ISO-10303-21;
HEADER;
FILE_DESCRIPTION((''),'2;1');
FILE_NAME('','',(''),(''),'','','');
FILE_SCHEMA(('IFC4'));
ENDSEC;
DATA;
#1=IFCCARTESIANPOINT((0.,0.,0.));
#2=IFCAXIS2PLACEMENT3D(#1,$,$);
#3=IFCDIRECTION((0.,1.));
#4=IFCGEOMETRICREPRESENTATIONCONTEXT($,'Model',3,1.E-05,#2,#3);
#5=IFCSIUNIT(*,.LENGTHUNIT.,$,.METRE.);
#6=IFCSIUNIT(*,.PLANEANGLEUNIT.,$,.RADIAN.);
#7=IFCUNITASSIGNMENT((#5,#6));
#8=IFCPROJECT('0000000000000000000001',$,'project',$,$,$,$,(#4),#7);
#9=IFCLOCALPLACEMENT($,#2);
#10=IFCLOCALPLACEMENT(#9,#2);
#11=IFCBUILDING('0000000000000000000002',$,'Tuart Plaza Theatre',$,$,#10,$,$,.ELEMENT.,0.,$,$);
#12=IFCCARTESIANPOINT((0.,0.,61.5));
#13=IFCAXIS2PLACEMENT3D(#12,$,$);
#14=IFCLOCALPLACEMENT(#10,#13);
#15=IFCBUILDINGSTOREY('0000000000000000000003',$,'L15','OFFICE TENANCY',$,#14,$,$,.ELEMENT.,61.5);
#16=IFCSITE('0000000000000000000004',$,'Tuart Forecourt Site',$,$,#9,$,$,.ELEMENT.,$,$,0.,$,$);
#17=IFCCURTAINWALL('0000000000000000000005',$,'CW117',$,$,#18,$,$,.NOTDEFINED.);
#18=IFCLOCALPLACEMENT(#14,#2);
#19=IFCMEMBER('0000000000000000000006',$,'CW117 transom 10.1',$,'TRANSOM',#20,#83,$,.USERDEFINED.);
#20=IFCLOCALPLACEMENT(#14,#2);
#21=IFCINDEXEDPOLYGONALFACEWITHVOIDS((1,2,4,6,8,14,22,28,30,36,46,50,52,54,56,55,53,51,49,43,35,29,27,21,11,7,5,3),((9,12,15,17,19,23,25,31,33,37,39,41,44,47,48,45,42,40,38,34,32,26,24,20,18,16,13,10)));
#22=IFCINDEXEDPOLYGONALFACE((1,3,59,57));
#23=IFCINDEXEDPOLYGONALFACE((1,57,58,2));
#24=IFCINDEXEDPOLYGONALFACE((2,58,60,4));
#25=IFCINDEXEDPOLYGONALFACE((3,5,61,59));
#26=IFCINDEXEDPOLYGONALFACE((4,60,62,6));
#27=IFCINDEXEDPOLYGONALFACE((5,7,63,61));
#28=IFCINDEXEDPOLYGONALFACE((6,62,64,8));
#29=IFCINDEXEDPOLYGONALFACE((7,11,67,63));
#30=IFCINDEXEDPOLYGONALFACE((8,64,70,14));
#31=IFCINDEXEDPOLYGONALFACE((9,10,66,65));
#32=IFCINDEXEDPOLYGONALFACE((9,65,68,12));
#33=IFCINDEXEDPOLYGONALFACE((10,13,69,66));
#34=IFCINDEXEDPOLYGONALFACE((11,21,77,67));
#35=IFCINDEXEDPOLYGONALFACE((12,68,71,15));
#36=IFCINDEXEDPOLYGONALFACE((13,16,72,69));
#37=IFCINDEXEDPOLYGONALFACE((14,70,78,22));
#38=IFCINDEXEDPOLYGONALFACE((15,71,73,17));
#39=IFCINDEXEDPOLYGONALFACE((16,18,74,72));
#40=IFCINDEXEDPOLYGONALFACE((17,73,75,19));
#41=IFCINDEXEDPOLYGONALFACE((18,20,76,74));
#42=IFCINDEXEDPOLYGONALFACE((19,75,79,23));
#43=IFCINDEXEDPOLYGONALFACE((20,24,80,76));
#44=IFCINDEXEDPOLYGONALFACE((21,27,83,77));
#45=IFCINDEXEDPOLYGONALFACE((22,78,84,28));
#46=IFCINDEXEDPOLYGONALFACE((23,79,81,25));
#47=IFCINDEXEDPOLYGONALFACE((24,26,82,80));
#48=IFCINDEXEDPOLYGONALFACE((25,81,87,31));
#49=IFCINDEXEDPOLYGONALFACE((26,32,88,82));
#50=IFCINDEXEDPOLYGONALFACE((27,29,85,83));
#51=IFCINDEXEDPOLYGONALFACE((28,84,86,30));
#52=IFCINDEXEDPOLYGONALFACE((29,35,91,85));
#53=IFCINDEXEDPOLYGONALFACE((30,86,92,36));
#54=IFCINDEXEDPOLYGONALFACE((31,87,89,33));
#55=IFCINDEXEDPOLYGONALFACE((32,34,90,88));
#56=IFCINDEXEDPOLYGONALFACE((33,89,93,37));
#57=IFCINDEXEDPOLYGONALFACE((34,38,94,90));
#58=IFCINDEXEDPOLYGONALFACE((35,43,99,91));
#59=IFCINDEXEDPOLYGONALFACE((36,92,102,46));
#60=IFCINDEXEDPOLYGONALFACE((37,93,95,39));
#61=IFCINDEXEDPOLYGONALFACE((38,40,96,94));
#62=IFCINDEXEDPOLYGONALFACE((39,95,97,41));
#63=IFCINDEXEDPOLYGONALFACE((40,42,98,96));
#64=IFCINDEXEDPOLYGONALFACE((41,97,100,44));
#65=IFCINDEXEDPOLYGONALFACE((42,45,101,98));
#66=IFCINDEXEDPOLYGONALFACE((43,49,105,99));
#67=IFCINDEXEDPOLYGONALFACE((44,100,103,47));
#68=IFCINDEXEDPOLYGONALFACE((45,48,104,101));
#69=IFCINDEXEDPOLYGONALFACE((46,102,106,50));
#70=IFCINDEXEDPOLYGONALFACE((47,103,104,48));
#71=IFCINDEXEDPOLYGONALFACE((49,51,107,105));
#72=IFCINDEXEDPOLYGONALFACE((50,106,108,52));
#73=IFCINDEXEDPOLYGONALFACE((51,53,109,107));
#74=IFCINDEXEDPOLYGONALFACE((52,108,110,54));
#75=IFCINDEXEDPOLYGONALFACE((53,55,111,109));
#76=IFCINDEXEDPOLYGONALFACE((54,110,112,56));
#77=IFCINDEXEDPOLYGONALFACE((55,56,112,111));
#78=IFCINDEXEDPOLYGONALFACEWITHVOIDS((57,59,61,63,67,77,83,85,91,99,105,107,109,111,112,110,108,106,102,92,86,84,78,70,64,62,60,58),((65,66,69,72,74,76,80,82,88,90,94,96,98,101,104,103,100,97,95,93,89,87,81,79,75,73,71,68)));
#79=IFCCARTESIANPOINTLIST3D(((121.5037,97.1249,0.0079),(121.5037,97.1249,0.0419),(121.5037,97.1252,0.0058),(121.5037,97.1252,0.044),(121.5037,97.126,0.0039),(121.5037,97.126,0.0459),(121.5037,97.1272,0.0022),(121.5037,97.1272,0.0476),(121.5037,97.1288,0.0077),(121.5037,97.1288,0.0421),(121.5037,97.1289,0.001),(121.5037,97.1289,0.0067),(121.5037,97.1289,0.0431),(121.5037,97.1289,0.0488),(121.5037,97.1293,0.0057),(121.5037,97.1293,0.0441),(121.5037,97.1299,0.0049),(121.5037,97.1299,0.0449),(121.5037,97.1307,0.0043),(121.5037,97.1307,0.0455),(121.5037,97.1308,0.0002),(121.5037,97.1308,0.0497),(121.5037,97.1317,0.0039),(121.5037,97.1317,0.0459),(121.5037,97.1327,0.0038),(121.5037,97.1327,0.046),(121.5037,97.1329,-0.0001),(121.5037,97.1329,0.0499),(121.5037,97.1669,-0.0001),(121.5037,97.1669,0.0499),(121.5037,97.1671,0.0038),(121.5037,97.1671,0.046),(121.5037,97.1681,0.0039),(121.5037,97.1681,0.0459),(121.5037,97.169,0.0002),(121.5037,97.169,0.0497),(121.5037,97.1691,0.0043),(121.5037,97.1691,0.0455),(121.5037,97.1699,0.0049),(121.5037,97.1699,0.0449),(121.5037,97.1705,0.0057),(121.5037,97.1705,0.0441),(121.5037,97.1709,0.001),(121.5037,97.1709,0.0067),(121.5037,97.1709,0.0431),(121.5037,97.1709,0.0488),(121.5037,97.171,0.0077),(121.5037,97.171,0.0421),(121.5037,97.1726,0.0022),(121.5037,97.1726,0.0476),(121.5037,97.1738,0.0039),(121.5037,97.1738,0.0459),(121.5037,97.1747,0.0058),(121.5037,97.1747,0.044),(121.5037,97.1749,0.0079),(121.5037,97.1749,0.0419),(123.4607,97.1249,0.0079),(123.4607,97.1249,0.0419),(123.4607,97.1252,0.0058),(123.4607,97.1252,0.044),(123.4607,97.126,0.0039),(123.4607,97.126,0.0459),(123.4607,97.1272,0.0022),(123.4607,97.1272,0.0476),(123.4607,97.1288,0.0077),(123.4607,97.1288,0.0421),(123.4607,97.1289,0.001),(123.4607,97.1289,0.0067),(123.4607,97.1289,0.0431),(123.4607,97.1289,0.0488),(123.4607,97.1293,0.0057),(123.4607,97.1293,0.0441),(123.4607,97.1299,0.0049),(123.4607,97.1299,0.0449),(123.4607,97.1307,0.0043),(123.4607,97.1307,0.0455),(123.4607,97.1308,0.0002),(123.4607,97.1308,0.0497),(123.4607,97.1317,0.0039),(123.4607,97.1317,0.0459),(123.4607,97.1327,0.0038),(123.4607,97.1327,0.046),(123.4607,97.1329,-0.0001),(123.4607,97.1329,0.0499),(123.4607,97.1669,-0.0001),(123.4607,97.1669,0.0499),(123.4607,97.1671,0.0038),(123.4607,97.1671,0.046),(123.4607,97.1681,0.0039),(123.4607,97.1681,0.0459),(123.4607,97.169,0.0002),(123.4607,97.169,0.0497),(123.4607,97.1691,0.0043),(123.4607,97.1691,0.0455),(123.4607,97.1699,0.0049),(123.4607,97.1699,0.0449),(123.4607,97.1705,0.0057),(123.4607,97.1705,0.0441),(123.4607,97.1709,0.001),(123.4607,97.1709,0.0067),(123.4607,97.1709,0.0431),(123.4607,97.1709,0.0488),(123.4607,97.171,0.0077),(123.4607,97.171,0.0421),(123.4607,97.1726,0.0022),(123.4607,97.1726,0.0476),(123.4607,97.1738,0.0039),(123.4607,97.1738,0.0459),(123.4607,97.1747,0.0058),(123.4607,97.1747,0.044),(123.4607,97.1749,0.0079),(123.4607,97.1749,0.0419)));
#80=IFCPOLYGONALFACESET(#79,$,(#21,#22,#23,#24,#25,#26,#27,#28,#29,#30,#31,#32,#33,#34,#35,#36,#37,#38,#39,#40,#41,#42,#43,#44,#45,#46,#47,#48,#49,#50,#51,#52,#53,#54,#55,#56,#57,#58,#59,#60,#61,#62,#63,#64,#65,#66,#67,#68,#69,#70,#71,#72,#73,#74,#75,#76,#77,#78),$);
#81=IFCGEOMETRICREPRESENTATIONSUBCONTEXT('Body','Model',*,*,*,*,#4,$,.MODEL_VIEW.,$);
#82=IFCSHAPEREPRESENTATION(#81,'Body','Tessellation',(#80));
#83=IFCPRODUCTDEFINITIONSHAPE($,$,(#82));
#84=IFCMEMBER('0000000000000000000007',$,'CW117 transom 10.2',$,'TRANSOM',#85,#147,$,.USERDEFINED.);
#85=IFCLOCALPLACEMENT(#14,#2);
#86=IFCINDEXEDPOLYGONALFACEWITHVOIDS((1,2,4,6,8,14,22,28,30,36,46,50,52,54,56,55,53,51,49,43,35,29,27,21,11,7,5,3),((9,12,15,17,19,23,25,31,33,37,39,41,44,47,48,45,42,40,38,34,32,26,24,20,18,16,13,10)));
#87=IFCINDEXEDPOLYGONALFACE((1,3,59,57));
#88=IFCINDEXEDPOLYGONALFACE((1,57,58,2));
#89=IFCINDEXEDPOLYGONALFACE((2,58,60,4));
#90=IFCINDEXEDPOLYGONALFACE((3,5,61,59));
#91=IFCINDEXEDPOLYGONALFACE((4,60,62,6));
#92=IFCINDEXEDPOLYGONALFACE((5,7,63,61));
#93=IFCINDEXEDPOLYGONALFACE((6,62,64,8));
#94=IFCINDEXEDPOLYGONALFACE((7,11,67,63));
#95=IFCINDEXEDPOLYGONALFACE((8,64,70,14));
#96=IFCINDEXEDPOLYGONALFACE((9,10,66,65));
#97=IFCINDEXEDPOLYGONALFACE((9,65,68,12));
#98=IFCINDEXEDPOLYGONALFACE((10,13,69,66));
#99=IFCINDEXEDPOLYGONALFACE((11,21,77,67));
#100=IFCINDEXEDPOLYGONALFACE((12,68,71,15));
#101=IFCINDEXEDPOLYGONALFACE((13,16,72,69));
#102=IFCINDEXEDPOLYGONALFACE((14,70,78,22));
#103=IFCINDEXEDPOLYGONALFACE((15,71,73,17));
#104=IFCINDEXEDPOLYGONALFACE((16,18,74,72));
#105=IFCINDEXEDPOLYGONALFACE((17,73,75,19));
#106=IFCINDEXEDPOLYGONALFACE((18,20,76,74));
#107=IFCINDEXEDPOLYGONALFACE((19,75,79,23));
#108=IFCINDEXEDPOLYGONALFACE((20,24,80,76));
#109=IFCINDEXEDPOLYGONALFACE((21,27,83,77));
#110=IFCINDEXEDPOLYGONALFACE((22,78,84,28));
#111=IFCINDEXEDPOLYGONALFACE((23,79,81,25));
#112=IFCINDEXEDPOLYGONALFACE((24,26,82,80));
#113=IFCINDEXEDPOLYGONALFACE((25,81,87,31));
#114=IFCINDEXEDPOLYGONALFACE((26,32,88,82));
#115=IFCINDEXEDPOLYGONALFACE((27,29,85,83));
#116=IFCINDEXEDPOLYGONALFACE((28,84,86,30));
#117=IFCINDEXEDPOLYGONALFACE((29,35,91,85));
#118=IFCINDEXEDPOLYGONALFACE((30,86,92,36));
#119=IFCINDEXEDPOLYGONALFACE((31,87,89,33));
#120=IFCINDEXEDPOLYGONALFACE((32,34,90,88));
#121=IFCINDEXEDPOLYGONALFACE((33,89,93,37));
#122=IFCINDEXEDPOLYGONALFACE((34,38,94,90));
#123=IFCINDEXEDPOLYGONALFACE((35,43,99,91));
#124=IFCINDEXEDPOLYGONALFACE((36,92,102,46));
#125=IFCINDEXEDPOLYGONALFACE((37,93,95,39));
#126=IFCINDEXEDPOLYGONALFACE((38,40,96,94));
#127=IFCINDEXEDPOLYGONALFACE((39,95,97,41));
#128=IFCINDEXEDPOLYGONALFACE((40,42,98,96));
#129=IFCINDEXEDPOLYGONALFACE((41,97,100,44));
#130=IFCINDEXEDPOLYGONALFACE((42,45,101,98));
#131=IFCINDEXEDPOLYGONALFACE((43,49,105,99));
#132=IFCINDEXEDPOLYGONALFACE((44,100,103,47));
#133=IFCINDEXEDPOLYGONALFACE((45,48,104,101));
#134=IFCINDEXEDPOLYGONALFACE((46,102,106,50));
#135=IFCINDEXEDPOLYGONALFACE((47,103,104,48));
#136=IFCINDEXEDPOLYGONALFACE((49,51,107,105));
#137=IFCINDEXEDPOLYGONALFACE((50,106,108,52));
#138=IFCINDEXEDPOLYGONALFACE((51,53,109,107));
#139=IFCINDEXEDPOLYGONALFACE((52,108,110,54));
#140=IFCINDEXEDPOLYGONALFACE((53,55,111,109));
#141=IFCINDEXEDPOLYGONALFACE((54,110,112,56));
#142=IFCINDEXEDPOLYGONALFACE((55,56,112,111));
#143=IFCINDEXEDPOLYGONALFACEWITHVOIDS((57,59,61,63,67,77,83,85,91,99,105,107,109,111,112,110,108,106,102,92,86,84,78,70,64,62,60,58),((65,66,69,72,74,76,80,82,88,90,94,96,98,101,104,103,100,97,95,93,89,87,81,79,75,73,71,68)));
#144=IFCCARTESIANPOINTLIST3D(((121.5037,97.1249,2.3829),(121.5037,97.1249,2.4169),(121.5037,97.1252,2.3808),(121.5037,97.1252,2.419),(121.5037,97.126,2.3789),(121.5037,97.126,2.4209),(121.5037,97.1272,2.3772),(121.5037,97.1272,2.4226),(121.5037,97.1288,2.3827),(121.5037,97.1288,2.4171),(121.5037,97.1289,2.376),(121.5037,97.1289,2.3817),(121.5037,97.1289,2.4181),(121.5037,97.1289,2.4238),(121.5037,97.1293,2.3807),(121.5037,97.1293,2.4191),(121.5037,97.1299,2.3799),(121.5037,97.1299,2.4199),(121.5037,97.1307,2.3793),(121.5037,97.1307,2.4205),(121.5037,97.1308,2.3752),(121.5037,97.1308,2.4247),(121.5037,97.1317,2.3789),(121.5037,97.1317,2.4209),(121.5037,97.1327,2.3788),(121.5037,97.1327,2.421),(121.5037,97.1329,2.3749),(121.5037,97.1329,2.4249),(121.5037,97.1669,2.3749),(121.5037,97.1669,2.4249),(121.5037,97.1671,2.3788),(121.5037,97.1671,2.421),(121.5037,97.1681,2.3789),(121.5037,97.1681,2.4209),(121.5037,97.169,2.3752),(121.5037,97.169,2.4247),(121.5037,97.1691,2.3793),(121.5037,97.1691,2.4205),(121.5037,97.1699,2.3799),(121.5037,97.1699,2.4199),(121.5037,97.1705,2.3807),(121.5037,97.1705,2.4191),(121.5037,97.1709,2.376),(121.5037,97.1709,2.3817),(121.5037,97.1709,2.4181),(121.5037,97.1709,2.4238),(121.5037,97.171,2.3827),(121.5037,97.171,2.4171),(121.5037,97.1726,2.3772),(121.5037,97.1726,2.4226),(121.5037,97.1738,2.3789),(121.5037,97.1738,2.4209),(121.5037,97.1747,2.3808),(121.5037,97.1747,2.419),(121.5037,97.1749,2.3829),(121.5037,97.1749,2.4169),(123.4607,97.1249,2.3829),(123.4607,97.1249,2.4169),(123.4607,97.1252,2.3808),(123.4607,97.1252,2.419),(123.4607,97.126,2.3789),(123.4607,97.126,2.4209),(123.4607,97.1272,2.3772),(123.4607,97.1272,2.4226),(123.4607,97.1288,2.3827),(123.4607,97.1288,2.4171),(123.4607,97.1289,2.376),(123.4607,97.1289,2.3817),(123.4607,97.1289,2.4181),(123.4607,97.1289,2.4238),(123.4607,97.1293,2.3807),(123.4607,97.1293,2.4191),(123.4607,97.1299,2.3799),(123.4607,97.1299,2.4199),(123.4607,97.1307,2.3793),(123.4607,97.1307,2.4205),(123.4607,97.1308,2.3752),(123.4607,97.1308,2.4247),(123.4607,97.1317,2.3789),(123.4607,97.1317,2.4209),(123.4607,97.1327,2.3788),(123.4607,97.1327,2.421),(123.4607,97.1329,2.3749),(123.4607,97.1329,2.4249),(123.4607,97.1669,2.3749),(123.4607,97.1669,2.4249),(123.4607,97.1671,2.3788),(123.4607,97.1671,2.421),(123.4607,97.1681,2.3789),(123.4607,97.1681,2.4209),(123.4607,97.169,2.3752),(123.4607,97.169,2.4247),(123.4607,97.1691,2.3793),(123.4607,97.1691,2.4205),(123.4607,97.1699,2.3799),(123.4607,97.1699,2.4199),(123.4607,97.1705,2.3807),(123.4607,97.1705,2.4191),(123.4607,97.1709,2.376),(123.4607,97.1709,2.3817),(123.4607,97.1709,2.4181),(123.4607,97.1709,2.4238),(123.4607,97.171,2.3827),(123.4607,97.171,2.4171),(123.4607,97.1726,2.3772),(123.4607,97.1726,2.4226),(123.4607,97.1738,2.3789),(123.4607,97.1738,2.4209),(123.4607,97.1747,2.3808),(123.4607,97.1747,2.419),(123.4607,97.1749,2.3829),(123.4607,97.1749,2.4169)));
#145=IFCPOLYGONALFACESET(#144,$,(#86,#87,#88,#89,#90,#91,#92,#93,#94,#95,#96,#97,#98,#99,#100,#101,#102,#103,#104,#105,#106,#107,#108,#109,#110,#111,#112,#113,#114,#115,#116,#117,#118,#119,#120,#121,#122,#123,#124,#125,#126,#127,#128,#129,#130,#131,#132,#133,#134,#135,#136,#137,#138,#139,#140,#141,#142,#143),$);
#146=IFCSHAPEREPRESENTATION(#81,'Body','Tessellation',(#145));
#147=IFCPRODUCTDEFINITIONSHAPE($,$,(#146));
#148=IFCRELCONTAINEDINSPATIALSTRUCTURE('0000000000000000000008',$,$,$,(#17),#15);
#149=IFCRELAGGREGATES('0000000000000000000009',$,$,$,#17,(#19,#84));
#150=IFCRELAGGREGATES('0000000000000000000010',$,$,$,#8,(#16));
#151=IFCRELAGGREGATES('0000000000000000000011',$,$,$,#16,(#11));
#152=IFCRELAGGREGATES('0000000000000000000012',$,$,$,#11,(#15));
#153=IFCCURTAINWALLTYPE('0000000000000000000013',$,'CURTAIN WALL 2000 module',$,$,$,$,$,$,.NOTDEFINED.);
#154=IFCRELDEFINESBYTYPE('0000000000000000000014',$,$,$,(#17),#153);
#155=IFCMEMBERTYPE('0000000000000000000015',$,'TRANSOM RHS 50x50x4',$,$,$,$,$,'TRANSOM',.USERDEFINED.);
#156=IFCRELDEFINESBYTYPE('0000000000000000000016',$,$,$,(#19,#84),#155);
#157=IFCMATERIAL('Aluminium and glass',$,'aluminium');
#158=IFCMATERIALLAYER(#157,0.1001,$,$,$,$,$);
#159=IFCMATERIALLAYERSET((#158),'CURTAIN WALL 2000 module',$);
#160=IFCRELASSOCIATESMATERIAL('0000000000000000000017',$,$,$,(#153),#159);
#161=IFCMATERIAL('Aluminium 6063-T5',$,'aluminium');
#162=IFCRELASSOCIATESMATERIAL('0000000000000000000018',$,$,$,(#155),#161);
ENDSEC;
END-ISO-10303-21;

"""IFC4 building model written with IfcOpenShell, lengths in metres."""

from ifc_helpers import new_model, si_unit, direction, frame, origin, origin_2d, place, context, subcontext, project, spatial, hollow_rectangle, extrude, material, layer, layer_set, material_profile, profile_set, type_object, element, aggregate, save


model = new_model("IFC4")

# Units and contexts
model_context = context("Model", 3, precision=1e-05, world=origin(), true_north=direction((0.0, 1.0)))
body_context = subcontext(model_context, "Body", "Model", "MODEL_VIEW")
ifc_project = project(units=[si_unit("LENGTHUNIT", "METRE"), si_unit("PLANEANGLEUNIT", "RADIAN")], contexts=[model_context])

# Site, building, storey
site_placement = place(None, origin())
site = spatial("IfcSite", under=ifc_project, at=site_placement, Name="Tuart Forecourt Site", CompositionType="ELEMENT", RefElevation=0.0)
building_placement = place(site_placement, origin())
building = spatial("IfcBuilding", under=site, at=building_placement, Name="Tuart Plaza Theatre", CompositionType="ELEMENT", ElevationOfRefHeight=0.0)
storey_placement = place(building_placement, frame((0.0, 0.0, 61.5)))
storey = spatial("IfcBuildingStorey", under=building, at=storey_placement, Name="L15", Description="OFFICE TENANCY", CompositionType="ELEMENT", Elevation=61.5)

# Curtain wall, members
ifc_material_1 = material(Name="Aluminium and glass", Category="aluminium")
ifc_layer_1 = layer(ifc_material_1, 0.1001)
ifc_layer_set_1 = layer_set([ifc_layer_1], Name="CURTAIN WALL 2000 module")
curtain_wall_type = type_object("IfcCurtainWallType", Name="CURTAIN WALL 2000 module", PredefinedType="NOTDEFINED", material=ifc_layer_set_1)
curtain_wall_placement = place(storey_placement, origin())
curtain_wall = element("IfcCurtainWall", 1, at=curtain_wall_placement, inside=storey, type_object=curtain_wall_type, Name="CW117", PredefinedType="NOTDEFINED")
ifc_material_2 = material(Name="Aluminium 6063-T5", Category="aluminium")
ifc_material_profile_1 = material_profile(ifc_material_2, hollow_rectangle(XDim=0.05, YDim=0.05, WallThickness=0.0039, InnerFilletRadius=0.0039, OuterFilletRadius=0.0081, at=origin_2d()), Name="RHS 50x50x4")
ifc_profile_set_1 = profile_set([ifc_material_profile_1], Name="Aluminium 6063-T5")
member_type_1 = type_object("IfcMemberType", Name="TRANSOM RHS 50x50x4", ElementType="TRANSOM", PredefinedType="USERDEFINED", material=ifc_profile_set_1)
member_1_placement = place(storey_placement, frame((123.4607, 97.1499, 0.0249), z_axis=(-1.0, 0.0, 0.0), x_axis=(0.0, -1.0, 0.0)))
member_1 = element("IfcMember", 2, at=member_1_placement, type_object=member_type_1, Name="CW117 transom 10.1", ObjectType="TRANSOM", PredefinedType="USERDEFINED", context=body_context, shape_type="SweptSolid", body=[
    extrude(hollow_rectangle(XDim=0.05, YDim=0.05, WallThickness=0.0039, InnerFilletRadius=0.0039, OuterFilletRadius=0.0081, at=origin_2d()), origin(), (0.0, 0.0, 1.0), 1.957),
])
member_2_placement = place(storey_placement, frame((123.4607, 97.1499, 2.3999), z_axis=(-1.0, 0.0, 0.0), x_axis=(0.0, -1.0, 0.0)))
member_2 = element("IfcMember", 3, at=member_2_placement, type_object=member_type_1, Name="CW117 transom 10.2", ObjectType="TRANSOM", PredefinedType="USERDEFINED", context=body_context, shape_type="SweptSolid", body=[
    extrude(hollow_rectangle(XDim=0.05, YDim=0.05, WallThickness=0.0039, InnerFilletRadius=0.0039, OuterFilletRadius=0.0081, at=origin_2d()), origin(), (0.0, 0.0, 1.0), 1.957),
])
aggregate(curtain_wall, [member_1, member_2])

save(model, "model.ifc")
